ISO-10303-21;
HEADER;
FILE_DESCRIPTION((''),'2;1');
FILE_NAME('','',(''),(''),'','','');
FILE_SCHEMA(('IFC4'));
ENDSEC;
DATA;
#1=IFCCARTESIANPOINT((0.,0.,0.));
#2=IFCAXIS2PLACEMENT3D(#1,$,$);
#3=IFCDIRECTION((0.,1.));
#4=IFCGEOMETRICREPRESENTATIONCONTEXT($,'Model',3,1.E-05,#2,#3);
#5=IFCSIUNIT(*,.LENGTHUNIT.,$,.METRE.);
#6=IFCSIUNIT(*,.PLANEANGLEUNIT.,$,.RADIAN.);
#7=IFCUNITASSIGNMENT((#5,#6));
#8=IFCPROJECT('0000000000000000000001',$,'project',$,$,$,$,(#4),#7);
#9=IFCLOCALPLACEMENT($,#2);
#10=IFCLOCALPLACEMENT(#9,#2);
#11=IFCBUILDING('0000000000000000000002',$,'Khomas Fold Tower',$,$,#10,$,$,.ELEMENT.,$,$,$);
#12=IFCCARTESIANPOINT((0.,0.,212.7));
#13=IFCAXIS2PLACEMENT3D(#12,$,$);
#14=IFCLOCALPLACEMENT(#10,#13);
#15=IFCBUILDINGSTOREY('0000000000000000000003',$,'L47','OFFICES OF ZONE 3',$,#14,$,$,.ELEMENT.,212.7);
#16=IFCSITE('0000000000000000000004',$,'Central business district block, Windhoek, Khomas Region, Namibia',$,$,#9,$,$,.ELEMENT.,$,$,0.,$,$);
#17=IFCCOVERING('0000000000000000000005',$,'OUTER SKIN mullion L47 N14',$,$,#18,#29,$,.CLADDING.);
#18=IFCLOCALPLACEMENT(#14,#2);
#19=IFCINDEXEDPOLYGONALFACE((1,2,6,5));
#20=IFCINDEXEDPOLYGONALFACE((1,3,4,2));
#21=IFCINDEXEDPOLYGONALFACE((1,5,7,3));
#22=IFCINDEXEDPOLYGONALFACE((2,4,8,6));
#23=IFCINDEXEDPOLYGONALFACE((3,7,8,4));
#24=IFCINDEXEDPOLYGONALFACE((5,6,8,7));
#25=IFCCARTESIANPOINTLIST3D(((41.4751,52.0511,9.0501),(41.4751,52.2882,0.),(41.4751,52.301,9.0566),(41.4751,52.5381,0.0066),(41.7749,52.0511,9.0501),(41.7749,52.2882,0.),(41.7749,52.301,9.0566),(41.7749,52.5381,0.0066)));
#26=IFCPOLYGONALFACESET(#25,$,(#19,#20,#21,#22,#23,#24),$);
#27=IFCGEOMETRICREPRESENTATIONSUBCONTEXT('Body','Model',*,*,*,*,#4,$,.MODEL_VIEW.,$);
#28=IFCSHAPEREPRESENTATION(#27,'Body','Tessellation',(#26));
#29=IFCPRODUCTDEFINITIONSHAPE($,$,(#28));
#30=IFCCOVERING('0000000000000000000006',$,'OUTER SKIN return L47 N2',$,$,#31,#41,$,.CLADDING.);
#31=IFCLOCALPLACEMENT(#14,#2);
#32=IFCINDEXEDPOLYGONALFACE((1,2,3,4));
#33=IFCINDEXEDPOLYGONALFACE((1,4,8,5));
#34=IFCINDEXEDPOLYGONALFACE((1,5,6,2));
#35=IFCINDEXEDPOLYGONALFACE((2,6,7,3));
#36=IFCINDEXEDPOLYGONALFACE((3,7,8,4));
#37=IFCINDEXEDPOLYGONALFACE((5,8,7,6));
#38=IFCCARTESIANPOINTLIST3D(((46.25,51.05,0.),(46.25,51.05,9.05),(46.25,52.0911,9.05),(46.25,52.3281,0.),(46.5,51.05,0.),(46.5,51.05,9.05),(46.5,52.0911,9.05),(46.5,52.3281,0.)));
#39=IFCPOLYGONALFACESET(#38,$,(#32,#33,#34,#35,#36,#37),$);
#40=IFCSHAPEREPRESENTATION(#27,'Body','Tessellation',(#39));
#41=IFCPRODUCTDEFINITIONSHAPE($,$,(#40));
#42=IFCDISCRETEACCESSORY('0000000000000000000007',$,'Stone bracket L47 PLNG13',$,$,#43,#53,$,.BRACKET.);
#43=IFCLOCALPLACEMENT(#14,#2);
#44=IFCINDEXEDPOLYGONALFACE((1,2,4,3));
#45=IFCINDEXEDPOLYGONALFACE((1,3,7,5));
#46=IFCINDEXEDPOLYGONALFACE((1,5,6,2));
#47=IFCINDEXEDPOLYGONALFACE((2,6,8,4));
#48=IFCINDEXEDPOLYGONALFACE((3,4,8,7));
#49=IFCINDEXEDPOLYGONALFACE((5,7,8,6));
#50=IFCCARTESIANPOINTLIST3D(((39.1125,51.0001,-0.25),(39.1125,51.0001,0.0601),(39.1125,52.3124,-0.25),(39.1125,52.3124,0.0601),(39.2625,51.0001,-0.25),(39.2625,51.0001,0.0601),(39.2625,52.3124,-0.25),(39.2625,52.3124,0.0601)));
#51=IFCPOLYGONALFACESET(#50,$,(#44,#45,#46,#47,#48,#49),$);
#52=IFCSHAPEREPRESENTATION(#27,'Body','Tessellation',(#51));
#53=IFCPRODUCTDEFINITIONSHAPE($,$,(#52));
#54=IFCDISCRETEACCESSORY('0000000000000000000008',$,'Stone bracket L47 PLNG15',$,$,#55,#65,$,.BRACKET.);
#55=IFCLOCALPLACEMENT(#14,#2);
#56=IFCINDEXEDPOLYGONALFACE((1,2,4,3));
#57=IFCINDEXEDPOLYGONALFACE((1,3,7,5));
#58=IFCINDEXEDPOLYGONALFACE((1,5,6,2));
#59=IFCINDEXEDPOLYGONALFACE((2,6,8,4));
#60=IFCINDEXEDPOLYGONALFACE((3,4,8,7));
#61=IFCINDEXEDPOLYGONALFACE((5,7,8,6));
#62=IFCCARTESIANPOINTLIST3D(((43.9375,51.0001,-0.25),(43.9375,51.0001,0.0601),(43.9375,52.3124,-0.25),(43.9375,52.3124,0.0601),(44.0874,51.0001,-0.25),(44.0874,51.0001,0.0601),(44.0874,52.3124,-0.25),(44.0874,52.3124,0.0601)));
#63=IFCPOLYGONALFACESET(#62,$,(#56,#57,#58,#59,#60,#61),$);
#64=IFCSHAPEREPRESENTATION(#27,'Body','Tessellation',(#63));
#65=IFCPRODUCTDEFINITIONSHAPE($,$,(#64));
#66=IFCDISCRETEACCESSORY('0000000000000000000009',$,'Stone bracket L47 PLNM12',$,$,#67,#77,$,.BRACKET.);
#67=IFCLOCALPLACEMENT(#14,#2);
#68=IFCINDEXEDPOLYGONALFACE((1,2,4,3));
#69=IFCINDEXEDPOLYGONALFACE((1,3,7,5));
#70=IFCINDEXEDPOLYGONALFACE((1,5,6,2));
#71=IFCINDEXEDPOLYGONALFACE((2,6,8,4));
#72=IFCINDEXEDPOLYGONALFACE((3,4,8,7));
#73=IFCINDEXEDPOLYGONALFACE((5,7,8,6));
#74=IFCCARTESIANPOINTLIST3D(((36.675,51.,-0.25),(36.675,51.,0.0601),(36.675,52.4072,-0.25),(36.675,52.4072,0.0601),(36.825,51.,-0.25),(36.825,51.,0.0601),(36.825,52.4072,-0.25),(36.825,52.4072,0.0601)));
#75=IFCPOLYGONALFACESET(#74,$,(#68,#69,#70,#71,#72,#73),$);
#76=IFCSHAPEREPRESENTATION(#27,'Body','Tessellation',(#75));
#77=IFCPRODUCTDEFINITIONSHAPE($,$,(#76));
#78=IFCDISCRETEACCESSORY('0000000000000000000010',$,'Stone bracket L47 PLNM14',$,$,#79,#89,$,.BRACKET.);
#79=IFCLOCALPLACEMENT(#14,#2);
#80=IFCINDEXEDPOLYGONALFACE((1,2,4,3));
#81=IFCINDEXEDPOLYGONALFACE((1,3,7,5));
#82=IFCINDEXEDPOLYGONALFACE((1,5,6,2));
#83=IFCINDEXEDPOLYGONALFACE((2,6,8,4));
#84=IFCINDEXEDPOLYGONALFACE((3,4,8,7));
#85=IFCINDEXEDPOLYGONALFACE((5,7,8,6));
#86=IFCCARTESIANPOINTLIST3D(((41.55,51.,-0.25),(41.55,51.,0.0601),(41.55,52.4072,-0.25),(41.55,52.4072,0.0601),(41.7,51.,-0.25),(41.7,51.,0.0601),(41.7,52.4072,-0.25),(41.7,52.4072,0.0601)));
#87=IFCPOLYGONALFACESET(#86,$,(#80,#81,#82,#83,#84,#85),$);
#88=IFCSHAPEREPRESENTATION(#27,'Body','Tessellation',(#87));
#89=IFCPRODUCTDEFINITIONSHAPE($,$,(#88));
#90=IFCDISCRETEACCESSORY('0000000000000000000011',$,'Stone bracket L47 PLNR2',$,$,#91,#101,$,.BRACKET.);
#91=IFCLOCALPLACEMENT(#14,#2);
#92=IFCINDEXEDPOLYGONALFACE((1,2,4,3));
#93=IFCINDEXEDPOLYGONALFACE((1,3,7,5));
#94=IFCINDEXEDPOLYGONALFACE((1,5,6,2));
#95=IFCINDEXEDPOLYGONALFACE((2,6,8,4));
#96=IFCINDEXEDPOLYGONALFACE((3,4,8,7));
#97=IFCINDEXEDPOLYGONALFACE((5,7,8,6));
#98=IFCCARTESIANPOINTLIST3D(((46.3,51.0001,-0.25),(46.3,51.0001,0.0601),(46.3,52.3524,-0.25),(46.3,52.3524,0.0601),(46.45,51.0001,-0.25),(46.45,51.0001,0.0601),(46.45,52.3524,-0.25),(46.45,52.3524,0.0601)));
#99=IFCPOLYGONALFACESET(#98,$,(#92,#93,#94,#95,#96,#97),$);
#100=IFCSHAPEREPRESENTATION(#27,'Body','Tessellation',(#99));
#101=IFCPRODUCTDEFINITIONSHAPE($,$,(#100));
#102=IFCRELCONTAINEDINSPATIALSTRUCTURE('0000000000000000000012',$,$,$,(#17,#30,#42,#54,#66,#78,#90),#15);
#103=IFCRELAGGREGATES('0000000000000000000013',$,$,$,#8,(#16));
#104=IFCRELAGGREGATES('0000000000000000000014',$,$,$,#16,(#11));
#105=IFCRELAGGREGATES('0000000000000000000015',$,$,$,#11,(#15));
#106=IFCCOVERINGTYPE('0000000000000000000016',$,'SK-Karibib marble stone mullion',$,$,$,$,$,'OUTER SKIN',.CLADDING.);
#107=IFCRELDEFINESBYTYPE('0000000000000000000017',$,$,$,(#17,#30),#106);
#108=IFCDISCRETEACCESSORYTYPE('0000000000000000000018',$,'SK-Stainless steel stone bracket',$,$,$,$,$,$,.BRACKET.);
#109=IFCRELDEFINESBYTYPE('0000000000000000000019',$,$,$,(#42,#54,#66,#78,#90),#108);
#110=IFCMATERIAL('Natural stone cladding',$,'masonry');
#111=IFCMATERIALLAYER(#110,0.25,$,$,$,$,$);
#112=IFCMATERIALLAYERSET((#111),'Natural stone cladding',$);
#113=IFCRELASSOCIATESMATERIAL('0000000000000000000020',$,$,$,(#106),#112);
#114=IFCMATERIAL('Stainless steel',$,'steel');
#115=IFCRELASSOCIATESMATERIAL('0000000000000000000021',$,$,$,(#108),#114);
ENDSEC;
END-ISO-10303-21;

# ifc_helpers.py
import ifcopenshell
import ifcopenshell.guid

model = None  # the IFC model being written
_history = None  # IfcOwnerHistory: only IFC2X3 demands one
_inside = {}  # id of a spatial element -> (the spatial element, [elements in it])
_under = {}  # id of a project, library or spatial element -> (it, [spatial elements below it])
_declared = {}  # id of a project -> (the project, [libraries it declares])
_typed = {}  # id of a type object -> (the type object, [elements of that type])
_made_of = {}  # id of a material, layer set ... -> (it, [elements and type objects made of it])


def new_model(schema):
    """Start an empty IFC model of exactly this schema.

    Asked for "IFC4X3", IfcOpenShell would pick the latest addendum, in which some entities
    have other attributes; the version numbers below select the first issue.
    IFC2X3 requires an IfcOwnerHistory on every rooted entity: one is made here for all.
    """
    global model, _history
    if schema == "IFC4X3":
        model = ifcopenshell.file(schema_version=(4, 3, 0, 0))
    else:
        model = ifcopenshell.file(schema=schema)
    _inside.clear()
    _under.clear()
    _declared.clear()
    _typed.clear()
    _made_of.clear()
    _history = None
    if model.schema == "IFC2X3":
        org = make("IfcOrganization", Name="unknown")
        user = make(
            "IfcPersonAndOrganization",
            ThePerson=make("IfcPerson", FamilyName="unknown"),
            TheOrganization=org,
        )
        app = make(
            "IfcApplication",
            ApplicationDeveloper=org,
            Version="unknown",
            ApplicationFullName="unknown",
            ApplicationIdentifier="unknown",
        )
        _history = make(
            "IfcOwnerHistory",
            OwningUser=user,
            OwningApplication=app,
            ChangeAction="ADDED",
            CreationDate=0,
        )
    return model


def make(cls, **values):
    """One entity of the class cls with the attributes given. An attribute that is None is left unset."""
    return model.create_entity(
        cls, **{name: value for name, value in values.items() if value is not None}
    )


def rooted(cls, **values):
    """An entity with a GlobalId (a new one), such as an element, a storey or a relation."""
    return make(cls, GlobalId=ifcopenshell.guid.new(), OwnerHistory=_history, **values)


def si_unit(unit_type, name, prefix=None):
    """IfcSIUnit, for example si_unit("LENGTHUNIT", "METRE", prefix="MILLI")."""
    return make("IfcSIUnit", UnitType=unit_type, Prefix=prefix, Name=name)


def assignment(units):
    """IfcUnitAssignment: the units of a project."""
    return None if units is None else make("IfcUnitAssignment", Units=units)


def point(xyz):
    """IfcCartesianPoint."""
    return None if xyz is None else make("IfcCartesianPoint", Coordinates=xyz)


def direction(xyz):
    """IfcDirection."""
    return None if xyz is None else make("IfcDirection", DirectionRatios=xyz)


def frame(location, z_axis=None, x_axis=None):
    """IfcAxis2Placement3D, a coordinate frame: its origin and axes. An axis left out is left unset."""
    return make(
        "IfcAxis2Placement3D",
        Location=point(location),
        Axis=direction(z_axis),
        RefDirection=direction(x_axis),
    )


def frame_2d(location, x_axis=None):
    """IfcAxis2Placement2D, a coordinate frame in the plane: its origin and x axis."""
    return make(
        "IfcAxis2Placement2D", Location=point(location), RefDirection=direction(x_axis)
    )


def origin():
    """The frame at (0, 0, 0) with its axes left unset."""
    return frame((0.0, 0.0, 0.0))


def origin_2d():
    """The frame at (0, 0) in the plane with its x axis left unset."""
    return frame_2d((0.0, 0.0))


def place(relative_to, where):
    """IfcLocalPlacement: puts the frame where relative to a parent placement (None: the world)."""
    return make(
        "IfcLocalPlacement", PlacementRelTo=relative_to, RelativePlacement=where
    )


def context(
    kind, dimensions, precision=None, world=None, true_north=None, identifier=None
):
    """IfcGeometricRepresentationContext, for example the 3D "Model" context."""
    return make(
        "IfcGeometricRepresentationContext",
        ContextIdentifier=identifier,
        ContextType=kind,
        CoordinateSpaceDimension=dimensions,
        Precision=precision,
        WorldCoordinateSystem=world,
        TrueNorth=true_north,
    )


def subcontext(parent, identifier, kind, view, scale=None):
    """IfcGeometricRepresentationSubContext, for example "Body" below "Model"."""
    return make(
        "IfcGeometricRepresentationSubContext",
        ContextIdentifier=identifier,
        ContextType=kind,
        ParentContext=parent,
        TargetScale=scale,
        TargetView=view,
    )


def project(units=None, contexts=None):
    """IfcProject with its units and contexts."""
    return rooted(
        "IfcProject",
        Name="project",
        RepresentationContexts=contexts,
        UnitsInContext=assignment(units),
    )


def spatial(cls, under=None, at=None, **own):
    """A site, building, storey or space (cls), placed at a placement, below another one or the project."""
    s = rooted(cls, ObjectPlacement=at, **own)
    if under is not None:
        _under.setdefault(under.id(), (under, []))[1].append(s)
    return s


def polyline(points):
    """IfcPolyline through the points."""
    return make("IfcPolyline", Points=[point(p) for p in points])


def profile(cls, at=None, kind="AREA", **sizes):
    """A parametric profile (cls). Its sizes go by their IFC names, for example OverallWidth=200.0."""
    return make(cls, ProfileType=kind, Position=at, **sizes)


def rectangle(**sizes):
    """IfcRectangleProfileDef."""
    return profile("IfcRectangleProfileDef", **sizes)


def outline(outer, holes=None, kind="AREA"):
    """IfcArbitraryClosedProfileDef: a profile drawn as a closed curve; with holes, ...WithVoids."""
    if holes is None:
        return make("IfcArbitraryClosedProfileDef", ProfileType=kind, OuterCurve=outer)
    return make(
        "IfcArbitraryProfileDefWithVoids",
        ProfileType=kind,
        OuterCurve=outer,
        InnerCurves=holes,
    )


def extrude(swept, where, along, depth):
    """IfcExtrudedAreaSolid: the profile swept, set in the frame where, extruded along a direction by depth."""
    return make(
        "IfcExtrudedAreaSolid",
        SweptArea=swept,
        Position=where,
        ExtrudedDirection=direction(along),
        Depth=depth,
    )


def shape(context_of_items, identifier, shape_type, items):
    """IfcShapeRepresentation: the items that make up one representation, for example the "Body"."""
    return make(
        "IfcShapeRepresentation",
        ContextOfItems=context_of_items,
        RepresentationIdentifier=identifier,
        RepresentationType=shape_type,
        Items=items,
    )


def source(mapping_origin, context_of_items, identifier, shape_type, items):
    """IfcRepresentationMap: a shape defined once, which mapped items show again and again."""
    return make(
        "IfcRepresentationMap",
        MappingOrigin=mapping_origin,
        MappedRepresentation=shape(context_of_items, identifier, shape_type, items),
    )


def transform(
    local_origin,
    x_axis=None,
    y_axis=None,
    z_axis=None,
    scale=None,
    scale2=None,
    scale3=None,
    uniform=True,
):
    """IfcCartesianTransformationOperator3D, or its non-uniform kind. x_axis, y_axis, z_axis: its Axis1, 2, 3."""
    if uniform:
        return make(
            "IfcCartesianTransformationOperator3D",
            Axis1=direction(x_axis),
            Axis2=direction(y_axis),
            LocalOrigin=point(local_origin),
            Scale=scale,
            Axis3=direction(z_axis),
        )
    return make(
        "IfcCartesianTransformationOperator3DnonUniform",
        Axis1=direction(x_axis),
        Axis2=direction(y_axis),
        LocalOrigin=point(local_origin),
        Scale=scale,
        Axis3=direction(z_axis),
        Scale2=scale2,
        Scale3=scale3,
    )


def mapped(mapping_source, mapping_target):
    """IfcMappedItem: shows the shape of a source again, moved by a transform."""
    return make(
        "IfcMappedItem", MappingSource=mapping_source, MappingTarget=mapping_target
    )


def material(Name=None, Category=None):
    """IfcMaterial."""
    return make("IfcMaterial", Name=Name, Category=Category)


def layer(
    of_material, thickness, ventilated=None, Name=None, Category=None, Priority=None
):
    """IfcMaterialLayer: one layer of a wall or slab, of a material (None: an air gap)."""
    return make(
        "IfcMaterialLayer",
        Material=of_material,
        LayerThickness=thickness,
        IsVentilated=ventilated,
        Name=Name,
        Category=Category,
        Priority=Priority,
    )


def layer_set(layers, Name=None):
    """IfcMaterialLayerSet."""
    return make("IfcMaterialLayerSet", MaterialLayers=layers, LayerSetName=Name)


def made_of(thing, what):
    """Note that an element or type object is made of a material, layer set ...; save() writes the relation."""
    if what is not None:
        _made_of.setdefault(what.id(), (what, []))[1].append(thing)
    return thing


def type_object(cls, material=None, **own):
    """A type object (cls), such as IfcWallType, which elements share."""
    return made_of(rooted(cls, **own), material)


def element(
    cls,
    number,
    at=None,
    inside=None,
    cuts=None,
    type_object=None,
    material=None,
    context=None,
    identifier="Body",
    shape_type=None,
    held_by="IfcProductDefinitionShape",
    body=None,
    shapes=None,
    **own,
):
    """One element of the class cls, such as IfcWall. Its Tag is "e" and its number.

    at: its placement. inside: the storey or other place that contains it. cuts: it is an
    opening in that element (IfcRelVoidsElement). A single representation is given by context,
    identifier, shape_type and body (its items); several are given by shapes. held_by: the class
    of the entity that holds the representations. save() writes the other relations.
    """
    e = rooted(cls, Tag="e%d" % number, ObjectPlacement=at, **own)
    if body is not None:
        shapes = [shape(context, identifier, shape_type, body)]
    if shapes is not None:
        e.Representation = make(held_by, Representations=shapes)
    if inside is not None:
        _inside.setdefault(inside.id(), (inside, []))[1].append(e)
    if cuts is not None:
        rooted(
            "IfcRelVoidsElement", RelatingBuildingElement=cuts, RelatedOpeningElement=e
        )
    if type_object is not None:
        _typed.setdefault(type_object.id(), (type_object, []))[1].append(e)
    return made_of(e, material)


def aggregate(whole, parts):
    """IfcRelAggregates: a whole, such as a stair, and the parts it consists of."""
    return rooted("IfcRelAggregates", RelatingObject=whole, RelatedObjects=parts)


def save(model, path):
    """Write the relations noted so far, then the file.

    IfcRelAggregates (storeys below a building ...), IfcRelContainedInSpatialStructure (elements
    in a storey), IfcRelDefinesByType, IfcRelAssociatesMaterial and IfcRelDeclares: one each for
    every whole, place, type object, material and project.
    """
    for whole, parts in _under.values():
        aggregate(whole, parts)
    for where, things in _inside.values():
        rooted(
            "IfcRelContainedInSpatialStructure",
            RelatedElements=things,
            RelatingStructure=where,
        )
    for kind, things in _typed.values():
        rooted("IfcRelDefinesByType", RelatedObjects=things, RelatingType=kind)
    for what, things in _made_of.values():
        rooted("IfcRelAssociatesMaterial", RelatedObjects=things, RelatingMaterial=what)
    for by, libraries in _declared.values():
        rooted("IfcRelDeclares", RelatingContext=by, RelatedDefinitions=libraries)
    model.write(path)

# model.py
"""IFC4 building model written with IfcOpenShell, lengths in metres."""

from ifc_helpers import new_model, si_unit, direction, frame, origin, origin_2d, place, context, subcontext, project, spatial, polyline, rectangle, outline, extrude, source, transform, mapped, material, layer, layer_set, type_object, element, save


model = new_model("IFC4")

# Units and contexts
model_context = context("Model", 3, precision=1e-05, world=origin(), true_north=direction((0.0, 1.0)))
body_context = subcontext(model_context, "Body", "Model", "MODEL_VIEW")
ifc_project = project(units=[si_unit("LENGTHUNIT", "METRE"), si_unit("PLANEANGLEUNIT", "RADIAN")], contexts=[model_context])

# Site, building, storey
site_placement = place(None, origin())
site = spatial("IfcSite", under=ifc_project, at=site_placement, Name="Central business district block, Windhoek, Khomas Region, Namibia", CompositionType="ELEMENT", RefElevation=0.0)
building_placement = place(site_placement, origin())
building = spatial("IfcBuilding", under=site, at=building_placement, Name="Khomas Fold Tower", CompositionType="ELEMENT")
storey_placement = place(building_placement, frame((0.0, 0.0, 212.7)))
storey = spatial("IfcBuildingStorey", under=building, at=storey_placement, Name="L47", Description="OFFICES OF ZONE 3", CompositionType="ELEMENT", Elevation=212.7)

# Coverings
ifc_material_1 = material(Name="Natural stone cladding", Category="masonry")
ifc_layer_1 = layer(ifc_material_1, 0.25)
ifc_layer_set_1 = layer_set([ifc_layer_1], Name="Natural stone cladding")
covering_type = type_object("IfcCoveringType", Name="SK-Karibib marble stone mullion", ElementType="OUTER SKIN", PredefinedType="CLADDING", material=ifc_layer_set_1)
for number, where, z_axis, x_axis, name in (
    (1, (41.4751, 52.5381, 0.0066), (0.0, 0.999657, 0.026185), (1.0, 0.0, 0.0), "OUTER SKIN mullion L47 N14"),
):
    element("IfcCovering", number, at=place(storey_placement, frame(where, z_axis=z_axis, x_axis=x_axis)), inside=storey, type_object=covering_type, Name=name, PredefinedType="CLADDING", context=body_context, shape_type="SweptSolid", body=[
        extrude(outline(polyline([(0.0, 0.0), (0.2998, 0.0), (0.2998, -9.0532), (0.0, -9.0532), (0.0, 0.0)])), origin(), (0.0, 0.0, -1.0), 0.25),
    ])
covering_placement = place(storey_placement, frame((46.5, 51.05, 0.0), z_axis=(1.0, 0.0, 0.0), x_axis=(0.0, 1.0, 0.0)))
element("IfcCovering", 2, at=covering_placement, inside=storey, type_object=covering_type, Name="OUTER SKIN return L47 N2", PredefinedType="CLADDING", context=body_context, shape_type="SweptSolid", body=[
    extrude(outline(polyline([(0.0, 0.0), (1.2781, 0.0), (1.041, 9.05), (0.0, 9.05), (0.0, 0.0)])), origin(), (0.0, 0.0, -1.0), 0.25),
])

# Discrete accessories
ifc_material_2 = material(Name="Stainless steel", Category="steel")
discrete_accessory_type = type_object("IfcDiscreteAccessoryType", Name="SK-Stainless steel stone bracket", PredefinedType="BRACKET", material=ifc_material_2)
shared_shape_1 = source(origin(), body_context, "Body", "SweptSolid", [
    extrude(rectangle(XDim=1.3123, YDim=0.1499, at=origin_2d()), origin(), (0.0, 0.0, 1.0), 0.3101),
])
for number, where, z_axis, x_axis, name in (
    (3, (39.1875, 51.6562, -0.25), (0.0, 0.0, 1.0), (0.0, 1.0, 0.0), "Stone bracket L47 PLNG13"),
    (4, (44.0125, 51.6562, -0.25), (0.0, 0.0, 1.0), (0.0, 1.0, 0.0), "Stone bracket L47 PLNG15"),
):
    element("IfcDiscreteAccessory", number, at=place(storey_placement, frame(where, z_axis=z_axis, x_axis=x_axis)), inside=storey, type_object=discrete_accessory_type, Name=name, PredefinedType="BRACKET", context=body_context, shape_type="MappedRepresentation", body=[
        mapped(shared_shape_1, transform((0.0, 0.0, 0.0))),
    ])
shared_shape_2 = source(origin(), body_context, "Body", "SweptSolid", [
    extrude(rectangle(XDim=1.4072, YDim=0.1499, at=origin_2d()), origin(), (0.0, 0.0, 1.0), 0.3101),
])
for number, where, z_axis, x_axis, name in (
    (5, (36.75, 51.7036, -0.25), (0.0, 0.0, 1.0), (0.0, 1.0, 0.0), "Stone bracket L47 PLNM12"),
    (6, (41.625, 51.7036, -0.25), (0.0, 0.0, 1.0), (0.0, 1.0, 0.0), "Stone bracket L47 PLNM14"),
):
    element("IfcDiscreteAccessory", number, at=place(storey_placement, frame(where, z_axis=z_axis, x_axis=x_axis)), inside=storey, type_object=discrete_accessory_type, Name=name, PredefinedType="BRACKET", context=body_context, shape_type="MappedRepresentation", body=[
        mapped(shared_shape_2, transform((0.0, 0.0, 0.0))),
    ])
shared_shape_3 = source(origin(), body_context, "Body", "SweptSolid", [
    extrude(rectangle(XDim=1.3523, YDim=0.1499, at=origin_2d()), origin(), (0.0, 0.0, 1.0), 0.3101),
])
discrete_accessory_placement = place(storey_placement, frame((46.375, 51.6763, -0.25), z_axis=(0.0, 0.0, 1.0), x_axis=(0.0, 1.0, 0.0)))
element("IfcDiscreteAccessory", 7, at=discrete_accessory_placement, inside=storey, type_object=discrete_accessory_type, Name="Stone bracket L47 PLNR2", PredefinedType="BRACKET", context=body_context, shape_type="MappedRepresentation", body=[
    mapped(shared_shape_3, transform((0.0, 0.0, 0.0))),
])

save(model, "model.ifc")
